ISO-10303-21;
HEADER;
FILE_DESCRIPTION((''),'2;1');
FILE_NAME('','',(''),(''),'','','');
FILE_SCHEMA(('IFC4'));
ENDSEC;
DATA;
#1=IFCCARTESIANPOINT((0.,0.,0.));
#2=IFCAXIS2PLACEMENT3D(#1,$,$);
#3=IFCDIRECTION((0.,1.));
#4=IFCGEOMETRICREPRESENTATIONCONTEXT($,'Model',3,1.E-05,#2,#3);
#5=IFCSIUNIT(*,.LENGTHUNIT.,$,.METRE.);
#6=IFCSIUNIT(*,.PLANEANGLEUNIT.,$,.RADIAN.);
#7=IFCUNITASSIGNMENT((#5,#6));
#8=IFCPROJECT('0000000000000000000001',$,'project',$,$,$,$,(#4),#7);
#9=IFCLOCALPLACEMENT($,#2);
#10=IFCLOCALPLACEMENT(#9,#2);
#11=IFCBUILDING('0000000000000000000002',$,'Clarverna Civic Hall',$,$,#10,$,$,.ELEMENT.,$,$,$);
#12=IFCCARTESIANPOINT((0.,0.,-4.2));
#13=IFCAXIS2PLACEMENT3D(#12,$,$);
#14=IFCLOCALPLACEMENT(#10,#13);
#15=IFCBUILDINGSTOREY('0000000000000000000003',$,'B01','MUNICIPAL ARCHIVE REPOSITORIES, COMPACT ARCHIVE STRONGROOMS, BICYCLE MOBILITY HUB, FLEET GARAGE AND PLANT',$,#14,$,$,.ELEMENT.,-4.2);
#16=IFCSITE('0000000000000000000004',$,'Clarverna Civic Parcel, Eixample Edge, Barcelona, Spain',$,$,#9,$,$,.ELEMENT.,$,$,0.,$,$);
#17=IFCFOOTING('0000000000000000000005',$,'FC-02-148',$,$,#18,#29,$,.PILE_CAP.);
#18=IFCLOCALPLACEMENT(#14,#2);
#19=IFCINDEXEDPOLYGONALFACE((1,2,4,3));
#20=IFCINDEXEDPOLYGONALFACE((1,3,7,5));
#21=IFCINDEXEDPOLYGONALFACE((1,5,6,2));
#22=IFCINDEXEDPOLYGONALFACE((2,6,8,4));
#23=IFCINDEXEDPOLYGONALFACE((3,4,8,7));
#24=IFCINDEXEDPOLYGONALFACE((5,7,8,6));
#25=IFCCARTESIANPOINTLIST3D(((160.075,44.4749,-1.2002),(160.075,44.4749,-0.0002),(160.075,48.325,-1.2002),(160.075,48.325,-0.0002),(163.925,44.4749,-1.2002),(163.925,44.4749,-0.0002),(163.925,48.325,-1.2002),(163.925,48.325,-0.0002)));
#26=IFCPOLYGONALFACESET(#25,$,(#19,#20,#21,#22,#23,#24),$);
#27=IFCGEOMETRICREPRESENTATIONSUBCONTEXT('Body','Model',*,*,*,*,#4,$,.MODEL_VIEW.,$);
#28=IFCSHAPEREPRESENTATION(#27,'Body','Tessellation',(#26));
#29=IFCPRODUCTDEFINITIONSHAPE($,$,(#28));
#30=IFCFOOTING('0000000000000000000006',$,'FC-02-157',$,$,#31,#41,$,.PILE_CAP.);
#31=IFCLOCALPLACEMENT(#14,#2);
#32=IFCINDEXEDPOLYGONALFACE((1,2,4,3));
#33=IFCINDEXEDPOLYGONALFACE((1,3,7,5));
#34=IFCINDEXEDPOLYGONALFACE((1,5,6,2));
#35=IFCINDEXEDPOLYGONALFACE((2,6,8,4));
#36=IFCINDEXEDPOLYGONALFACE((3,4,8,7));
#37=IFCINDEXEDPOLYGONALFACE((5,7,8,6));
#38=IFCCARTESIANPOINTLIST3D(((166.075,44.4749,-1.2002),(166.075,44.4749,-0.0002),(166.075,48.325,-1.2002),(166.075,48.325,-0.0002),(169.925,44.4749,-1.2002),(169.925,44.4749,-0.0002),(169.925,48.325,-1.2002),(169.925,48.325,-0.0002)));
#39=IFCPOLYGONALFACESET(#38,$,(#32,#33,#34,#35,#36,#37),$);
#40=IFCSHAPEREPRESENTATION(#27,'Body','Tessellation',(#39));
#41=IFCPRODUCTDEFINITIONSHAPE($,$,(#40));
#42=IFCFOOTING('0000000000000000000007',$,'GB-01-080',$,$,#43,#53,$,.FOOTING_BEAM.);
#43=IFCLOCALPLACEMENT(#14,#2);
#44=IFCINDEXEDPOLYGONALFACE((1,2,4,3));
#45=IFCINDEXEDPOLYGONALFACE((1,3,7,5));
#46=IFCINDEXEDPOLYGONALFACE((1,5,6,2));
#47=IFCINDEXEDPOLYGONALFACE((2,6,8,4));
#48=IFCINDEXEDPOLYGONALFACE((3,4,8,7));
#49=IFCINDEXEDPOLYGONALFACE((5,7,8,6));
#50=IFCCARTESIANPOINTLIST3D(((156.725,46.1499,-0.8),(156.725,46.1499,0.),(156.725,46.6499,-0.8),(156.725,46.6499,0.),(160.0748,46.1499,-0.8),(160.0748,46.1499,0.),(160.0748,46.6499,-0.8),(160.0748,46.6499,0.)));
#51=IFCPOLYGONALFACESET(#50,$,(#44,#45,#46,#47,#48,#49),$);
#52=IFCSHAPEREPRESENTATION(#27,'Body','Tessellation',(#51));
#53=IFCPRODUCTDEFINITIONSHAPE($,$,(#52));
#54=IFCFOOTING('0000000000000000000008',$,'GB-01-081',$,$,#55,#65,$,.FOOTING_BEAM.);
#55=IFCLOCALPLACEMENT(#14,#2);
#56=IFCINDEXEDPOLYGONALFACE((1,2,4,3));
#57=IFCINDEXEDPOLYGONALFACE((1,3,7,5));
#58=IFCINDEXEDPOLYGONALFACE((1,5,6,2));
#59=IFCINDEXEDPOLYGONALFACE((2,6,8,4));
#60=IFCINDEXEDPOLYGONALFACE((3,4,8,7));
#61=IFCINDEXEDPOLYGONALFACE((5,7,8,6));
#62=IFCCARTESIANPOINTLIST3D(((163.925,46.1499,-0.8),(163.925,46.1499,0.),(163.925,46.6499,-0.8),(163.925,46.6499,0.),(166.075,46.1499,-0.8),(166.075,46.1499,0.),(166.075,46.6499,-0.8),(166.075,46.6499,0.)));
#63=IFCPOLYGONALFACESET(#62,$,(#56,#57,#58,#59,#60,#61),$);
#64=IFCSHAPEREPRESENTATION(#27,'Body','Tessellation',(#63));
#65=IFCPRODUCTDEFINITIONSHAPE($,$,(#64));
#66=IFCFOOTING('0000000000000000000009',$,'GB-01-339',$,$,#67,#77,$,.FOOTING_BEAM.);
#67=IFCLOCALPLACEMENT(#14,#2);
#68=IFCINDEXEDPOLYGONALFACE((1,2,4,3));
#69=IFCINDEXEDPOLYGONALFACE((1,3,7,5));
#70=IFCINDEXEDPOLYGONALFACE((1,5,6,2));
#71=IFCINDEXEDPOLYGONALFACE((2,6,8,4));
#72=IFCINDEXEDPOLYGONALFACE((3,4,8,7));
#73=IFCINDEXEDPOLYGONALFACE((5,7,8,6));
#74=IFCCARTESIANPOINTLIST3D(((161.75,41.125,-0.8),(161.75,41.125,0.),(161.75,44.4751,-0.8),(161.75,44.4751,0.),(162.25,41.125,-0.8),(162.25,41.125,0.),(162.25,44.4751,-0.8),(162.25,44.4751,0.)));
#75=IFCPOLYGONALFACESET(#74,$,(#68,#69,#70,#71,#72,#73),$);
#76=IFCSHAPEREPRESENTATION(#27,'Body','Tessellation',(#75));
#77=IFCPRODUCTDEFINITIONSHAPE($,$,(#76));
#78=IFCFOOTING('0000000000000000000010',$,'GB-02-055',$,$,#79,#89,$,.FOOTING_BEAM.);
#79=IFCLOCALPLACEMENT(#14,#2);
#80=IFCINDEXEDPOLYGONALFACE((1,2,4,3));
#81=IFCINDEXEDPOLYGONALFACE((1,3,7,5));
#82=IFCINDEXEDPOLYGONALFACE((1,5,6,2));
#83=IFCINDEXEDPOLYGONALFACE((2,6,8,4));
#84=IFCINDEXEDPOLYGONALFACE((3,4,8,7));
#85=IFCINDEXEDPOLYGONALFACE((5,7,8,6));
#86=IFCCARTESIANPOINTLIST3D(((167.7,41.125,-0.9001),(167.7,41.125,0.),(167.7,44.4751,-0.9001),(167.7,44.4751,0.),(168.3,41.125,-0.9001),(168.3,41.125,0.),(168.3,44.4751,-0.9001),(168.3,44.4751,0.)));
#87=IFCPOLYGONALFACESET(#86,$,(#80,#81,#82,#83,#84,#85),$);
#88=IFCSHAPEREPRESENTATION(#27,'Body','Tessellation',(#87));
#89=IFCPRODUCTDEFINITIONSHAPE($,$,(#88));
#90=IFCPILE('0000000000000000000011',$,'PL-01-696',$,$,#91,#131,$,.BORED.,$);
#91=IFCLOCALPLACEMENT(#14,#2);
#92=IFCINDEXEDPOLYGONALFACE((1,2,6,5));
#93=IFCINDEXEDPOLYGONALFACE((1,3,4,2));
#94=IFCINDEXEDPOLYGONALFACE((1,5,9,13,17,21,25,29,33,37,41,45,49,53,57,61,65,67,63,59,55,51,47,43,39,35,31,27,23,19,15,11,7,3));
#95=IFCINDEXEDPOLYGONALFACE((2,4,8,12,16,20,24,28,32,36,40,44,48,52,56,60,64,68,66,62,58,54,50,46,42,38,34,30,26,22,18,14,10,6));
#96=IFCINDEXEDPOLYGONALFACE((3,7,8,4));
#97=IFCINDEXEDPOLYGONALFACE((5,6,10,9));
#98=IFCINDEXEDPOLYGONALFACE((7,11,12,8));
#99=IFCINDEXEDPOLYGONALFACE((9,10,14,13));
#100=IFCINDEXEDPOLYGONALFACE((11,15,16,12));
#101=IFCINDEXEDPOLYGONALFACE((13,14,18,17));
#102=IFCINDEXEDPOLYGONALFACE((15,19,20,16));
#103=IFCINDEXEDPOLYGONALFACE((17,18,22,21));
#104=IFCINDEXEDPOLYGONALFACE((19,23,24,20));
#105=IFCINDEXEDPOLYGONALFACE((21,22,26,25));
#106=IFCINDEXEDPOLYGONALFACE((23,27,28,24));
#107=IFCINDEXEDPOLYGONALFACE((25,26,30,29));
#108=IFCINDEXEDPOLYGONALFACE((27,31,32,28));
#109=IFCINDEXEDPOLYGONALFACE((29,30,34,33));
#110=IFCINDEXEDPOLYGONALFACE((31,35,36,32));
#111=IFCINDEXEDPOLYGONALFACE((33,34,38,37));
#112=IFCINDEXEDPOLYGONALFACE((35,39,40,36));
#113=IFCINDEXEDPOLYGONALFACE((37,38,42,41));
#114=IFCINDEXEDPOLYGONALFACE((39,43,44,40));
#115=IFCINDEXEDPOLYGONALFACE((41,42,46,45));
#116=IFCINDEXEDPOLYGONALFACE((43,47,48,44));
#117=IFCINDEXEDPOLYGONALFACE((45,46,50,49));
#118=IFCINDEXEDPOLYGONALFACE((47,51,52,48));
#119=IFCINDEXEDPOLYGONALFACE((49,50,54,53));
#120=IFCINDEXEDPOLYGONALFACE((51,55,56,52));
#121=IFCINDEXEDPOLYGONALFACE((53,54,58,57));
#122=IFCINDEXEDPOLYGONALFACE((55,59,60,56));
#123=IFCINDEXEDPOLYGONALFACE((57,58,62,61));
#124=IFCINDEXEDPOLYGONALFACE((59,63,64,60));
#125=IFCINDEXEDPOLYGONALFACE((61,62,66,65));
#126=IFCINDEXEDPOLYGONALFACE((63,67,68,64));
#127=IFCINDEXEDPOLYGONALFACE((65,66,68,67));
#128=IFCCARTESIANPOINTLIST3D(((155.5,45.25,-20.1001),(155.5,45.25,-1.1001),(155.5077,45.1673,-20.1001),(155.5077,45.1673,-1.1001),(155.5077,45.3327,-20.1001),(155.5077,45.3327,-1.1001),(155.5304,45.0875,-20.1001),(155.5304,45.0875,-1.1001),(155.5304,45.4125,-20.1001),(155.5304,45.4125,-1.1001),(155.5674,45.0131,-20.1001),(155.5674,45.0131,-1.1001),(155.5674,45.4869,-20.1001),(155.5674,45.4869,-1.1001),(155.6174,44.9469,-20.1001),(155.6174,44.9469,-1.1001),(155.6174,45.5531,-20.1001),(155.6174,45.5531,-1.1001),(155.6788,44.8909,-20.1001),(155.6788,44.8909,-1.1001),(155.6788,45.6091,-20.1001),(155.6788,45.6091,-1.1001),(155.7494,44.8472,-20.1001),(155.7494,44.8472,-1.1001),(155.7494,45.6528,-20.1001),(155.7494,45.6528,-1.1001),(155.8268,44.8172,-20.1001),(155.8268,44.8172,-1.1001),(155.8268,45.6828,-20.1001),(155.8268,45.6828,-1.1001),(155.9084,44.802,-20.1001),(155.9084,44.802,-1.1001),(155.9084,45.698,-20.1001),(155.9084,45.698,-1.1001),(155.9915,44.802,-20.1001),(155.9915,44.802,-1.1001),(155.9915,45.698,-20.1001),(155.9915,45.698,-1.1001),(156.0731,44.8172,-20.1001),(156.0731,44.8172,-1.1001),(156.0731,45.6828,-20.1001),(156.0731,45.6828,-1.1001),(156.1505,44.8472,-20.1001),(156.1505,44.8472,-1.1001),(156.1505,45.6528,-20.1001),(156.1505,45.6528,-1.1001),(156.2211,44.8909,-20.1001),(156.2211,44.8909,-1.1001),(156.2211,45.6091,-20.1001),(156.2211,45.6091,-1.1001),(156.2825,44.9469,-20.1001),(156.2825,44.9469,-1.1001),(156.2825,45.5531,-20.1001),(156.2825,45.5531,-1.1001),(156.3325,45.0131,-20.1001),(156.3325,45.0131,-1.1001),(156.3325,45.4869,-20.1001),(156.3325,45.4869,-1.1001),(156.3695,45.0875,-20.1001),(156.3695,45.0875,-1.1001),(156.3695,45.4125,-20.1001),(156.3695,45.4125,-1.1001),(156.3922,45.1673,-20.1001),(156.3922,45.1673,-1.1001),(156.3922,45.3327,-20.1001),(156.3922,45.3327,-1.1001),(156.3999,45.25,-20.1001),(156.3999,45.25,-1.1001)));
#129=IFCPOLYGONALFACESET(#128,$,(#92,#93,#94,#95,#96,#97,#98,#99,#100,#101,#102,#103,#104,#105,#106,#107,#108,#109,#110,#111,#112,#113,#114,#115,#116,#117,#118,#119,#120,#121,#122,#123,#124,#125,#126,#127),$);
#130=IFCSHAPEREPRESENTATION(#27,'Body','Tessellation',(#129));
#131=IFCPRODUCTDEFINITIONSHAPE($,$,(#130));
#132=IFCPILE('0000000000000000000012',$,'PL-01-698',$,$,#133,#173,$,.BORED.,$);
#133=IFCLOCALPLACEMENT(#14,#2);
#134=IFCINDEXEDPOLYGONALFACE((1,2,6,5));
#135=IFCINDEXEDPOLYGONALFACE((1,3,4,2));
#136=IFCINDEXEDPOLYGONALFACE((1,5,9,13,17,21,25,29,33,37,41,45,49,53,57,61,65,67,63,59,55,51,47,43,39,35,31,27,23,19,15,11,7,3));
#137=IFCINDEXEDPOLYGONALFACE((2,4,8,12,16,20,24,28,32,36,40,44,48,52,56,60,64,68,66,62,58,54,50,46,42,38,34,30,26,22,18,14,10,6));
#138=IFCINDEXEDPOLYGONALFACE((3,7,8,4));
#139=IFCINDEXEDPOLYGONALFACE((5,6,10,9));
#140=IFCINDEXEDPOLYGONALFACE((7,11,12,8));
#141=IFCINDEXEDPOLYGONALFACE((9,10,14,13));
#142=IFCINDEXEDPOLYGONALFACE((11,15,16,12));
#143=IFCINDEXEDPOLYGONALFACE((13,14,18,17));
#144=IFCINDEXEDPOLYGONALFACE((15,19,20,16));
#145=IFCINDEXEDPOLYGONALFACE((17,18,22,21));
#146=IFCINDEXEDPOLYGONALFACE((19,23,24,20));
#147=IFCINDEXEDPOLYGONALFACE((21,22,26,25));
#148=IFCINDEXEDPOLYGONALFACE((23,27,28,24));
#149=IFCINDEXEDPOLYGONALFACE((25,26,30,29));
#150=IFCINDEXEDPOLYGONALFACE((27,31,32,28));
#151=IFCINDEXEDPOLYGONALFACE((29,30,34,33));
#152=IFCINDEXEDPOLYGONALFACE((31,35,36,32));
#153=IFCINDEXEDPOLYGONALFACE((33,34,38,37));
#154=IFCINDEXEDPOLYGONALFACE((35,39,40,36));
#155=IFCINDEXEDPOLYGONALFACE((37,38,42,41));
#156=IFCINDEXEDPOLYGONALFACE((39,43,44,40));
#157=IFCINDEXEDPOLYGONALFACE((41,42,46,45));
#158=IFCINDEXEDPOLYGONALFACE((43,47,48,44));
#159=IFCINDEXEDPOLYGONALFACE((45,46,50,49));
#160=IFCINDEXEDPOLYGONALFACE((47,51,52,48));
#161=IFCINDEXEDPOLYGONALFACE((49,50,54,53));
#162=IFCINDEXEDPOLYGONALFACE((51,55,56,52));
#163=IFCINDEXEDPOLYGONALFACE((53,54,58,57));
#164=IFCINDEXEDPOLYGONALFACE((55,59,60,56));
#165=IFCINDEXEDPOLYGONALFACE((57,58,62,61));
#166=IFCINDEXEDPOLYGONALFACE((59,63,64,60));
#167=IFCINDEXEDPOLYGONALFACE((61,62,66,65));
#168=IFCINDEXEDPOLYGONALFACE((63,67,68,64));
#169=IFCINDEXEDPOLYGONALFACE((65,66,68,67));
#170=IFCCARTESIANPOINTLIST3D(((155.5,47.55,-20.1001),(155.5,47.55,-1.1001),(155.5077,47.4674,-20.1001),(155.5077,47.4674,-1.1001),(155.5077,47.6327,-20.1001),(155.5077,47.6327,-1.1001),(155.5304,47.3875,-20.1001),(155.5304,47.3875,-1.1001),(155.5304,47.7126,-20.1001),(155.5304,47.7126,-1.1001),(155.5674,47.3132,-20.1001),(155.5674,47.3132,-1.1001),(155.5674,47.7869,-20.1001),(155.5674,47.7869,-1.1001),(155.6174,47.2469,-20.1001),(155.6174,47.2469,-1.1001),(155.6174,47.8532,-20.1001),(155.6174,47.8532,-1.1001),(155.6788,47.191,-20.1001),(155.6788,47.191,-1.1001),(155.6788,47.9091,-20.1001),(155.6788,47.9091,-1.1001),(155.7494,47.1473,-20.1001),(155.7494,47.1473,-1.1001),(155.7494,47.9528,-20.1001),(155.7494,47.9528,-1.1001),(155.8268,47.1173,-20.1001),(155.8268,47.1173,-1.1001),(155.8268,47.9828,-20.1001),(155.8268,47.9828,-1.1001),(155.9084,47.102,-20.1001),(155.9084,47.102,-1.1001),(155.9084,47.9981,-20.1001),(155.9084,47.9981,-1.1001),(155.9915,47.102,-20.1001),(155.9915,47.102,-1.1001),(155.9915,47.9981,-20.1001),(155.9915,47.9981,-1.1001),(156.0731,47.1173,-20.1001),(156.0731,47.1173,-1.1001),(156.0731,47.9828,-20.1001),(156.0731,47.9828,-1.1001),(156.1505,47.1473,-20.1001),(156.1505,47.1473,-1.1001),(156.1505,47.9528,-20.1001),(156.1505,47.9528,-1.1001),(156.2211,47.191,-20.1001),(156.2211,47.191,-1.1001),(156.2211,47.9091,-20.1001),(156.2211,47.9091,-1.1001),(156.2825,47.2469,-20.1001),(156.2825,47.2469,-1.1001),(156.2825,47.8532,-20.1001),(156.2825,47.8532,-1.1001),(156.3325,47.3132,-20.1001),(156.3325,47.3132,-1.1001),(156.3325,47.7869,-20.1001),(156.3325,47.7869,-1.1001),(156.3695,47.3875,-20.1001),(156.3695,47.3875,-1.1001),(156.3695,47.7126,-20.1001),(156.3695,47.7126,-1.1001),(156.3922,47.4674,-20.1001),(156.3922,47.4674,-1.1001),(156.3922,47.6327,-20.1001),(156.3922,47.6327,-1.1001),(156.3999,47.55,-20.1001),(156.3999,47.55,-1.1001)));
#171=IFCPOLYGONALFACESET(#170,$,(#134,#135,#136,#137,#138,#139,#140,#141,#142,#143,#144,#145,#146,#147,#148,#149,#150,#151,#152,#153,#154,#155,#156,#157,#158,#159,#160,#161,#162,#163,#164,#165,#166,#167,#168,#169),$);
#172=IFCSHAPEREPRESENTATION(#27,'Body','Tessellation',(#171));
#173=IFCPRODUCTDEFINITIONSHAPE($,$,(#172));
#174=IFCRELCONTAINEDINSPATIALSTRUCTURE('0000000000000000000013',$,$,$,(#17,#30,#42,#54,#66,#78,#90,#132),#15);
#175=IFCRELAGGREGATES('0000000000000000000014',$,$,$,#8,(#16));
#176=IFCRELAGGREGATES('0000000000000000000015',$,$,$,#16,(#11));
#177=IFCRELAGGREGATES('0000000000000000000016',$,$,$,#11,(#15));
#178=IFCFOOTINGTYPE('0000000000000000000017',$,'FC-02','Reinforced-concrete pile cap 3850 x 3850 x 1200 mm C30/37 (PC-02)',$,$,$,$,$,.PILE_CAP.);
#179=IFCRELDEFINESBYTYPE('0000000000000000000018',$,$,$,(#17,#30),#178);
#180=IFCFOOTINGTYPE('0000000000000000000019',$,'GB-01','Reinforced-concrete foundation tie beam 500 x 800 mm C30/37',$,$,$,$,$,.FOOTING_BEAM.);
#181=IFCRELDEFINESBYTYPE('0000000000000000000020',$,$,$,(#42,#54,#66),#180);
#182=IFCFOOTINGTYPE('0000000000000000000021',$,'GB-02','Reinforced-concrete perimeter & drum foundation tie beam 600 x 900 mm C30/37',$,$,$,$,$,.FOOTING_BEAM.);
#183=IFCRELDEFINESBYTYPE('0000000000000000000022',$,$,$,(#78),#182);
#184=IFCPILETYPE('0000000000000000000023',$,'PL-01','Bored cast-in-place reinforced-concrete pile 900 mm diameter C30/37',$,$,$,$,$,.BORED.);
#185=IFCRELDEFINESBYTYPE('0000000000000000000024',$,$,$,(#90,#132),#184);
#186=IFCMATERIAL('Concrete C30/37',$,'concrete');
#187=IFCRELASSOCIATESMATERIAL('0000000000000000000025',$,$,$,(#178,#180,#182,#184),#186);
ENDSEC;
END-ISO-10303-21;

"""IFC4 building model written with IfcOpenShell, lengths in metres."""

from ifc_helpers import new_model, si_unit, direction, frame, frame_2d, origin, origin_2d, place, context, subcontext, project, spatial, rectangle, circle, extrude, material, material_profile, profile_set, type_object, element, save


model = new_model("IFC4")

# Units and contexts
model_context = context("Model", 3, precision=1e-05, world=origin(), true_north=direction((0.0, 1.0)))
body_context = subcontext(model_context, "Body", "Model", "MODEL_VIEW")
ifc_project = project(units=[si_unit("LENGTHUNIT", "METRE"), si_unit("PLANEANGLEUNIT", "RADIAN")], contexts=[model_context])

# Site, building, storey
site_placement = place(None, origin())
site = spatial("IfcSite", under=ifc_project, at=site_placement, Name="Clarverna Civic Parcel, Eixample Edge, Barcelona, Spain", CompositionType="ELEMENT", RefElevation=0.0)
building_placement = place(site_placement, origin())
building = spatial("IfcBuilding", under=site, at=building_placement, Name="Clarverna Civic Hall", CompositionType="ELEMENT")
storey_placement = place(building_placement, frame((0.0, 0.0, -4.2)))
storey = spatial("IfcBuildingStorey", under=building, at=storey_placement, Name="B01", Description="MUNICIPAL ARCHIVE REPOSITORIES, COMPACT ARCHIVE STRONGROOMS, BICYCLE MOBILITY HUB, FLEET GARAGE AND PLANT", CompositionType="ELEMENT", Elevation=-4.2)

# Footings
ifc_material_1 = material(Name="Concrete C30/37", Category="concrete")
footing_type_1 = type_object("IfcFootingType", Name="FC-02", Description="Reinforced-concrete pile cap 3850 x 3850 x 1200 mm C30/37 (PC-02)", PredefinedType="PILE_CAP", material=ifc_material_1)
for number, where, z_axis, x_axis, name in (
    (1, (162.0, 46.3999, -1.2002), (0.0, 0.0, 1.0), (1.0, 0.0, 0.0), "FC-02-148"),
    (2, (168.0, 46.3999, -1.2002), (0.0, 0.0, 1.0), (1.0, 0.0, 0.0), "FC-02-157"),
):
    element("IfcFooting", number, at=place(storey_placement, frame(where, z_axis=z_axis, x_axis=x_axis)), inside=storey, type_object=footing_type_1, Name=name, PredefinedType="PILE_CAP", context=body_context, shape_type="SweptSolid", body=[
        extrude(rectangle(XDim=3.8501, YDim=3.8501, at=origin_2d()), origin(), (0.0, 0.0, 1.0), 1.2),
    ])
footing_type_2 = type_object("IfcFootingType", Name="GB-01", Description="Reinforced-concrete foundation tie beam 500 x 800 mm C30/37", PredefinedType="FOOTING_BEAM", material=ifc_material_1)
footing_1_placement = place(storey_placement, frame((156.7251, 46.3999, -0.8), z_axis=(0.0, 0.0, 1.0), x_axis=(1.0, 0.0, 0.0)))
element("IfcFooting", 3, at=footing_1_placement, inside=storey, type_object=footing_type_2, Name="GB-01-080", PredefinedType="FOOTING_BEAM", context=body_context, shape_type="SweptSolid", body=[
    extrude(rectangle(XDim=3.3499, YDim=0.5, at=frame_2d((1.6748, 0.0))), origin(), (0.0, 0.0, 1.0), 0.8),
])
footing_2_placement = place(storey_placement, frame((163.925, 46.3999, -0.8), z_axis=(0.0, 0.0, 1.0), x_axis=(1.0, 0.0, 0.0)))
element("IfcFooting", 4, at=footing_2_placement, inside=storey, type_object=footing_type_2, Name="GB-01-081", PredefinedType="FOOTING_BEAM", context=body_context, shape_type="SweptSolid", body=[
    extrude(rectangle(XDim=2.1499, YDim=0.5, at=frame_2d((1.075, 0.0))), origin(), (0.0, 0.0, 1.0), 0.8),
])
footing_3_placement = place(storey_placement, frame((162.0, 41.125, -0.8), z_axis=(0.0, 0.0, 1.0), x_axis=(0.0, 1.0, 0.0)))
element("IfcFooting", 5, at=footing_3_placement, inside=storey, type_object=footing_type_2, Name="GB-01-339", PredefinedType="FOOTING_BEAM", context=body_context, shape_type="SweptSolid", body=[
    extrude(rectangle(XDim=3.3501, YDim=0.5, at=frame_2d((1.675, 0.0))), origin(), (0.0, 0.0, 1.0), 0.8),
])
footing_type_3 = type_object("IfcFootingType", Name="GB-02", Description="Reinforced-concrete perimeter & drum foundation tie beam 600 x 900 mm C30/37", PredefinedType="FOOTING_BEAM", material=ifc_material_1)
footing_4_placement = place(storey_placement, frame((168.0, 41.125, -0.9001), z_axis=(0.0, 0.0, 1.0), x_axis=(0.0, 1.0, 0.0)))
element("IfcFooting", 6, at=footing_4_placement, inside=storey, type_object=footing_type_3, Name="GB-02-055", PredefinedType="FOOTING_BEAM", context=body_context, shape_type="SweptSolid", body=[
    extrude(rectangle(XDim=3.3501, YDim=0.6001, at=frame_2d((1.675, 0.0))), origin(), (0.0, 0.0, 1.0), 0.9001),
])

# Piles
ifc_material_profile_1 = material_profile(ifc_material_1, circle(Radius=0.45, at=origin_2d()), Name="BORED PILE D900")
ifc_profile_set_1 = profile_set([ifc_material_profile_1], Name="Concrete C30/37")
pile_type = type_object("IfcPileType", Name="PL-01", Description="Bored cast-in-place reinforced-concrete pile 900 mm diameter C30/37", PredefinedType="BORED", material=ifc_profile_set_1)
for number, where, z_axis, x_axis, name in (
    (7, (155.95, 45.25, -1.1001), (0.0, 0.0, -1.0), (1.0, 0.0, 0.0), "PL-01-696"),
    (8, (155.95, 47.55, -1.1001), (0.0, 0.0, -1.0), (1.0, 0.0, 0.0), "PL-01-698"),
):
    element("IfcPile", number, at=place(storey_placement, frame(where, z_axis=z_axis, x_axis=x_axis)), inside=storey, type_object=pile_type, Name=name, PredefinedType="BORED", context=body_context, shape_type="SweptSolid", body=[
        extrude(circle(Radius=0.45, at=origin_2d()), origin(), (0.0, 0.0, 1.0), 19.0),
    ])

save(model, "model.ifc")
